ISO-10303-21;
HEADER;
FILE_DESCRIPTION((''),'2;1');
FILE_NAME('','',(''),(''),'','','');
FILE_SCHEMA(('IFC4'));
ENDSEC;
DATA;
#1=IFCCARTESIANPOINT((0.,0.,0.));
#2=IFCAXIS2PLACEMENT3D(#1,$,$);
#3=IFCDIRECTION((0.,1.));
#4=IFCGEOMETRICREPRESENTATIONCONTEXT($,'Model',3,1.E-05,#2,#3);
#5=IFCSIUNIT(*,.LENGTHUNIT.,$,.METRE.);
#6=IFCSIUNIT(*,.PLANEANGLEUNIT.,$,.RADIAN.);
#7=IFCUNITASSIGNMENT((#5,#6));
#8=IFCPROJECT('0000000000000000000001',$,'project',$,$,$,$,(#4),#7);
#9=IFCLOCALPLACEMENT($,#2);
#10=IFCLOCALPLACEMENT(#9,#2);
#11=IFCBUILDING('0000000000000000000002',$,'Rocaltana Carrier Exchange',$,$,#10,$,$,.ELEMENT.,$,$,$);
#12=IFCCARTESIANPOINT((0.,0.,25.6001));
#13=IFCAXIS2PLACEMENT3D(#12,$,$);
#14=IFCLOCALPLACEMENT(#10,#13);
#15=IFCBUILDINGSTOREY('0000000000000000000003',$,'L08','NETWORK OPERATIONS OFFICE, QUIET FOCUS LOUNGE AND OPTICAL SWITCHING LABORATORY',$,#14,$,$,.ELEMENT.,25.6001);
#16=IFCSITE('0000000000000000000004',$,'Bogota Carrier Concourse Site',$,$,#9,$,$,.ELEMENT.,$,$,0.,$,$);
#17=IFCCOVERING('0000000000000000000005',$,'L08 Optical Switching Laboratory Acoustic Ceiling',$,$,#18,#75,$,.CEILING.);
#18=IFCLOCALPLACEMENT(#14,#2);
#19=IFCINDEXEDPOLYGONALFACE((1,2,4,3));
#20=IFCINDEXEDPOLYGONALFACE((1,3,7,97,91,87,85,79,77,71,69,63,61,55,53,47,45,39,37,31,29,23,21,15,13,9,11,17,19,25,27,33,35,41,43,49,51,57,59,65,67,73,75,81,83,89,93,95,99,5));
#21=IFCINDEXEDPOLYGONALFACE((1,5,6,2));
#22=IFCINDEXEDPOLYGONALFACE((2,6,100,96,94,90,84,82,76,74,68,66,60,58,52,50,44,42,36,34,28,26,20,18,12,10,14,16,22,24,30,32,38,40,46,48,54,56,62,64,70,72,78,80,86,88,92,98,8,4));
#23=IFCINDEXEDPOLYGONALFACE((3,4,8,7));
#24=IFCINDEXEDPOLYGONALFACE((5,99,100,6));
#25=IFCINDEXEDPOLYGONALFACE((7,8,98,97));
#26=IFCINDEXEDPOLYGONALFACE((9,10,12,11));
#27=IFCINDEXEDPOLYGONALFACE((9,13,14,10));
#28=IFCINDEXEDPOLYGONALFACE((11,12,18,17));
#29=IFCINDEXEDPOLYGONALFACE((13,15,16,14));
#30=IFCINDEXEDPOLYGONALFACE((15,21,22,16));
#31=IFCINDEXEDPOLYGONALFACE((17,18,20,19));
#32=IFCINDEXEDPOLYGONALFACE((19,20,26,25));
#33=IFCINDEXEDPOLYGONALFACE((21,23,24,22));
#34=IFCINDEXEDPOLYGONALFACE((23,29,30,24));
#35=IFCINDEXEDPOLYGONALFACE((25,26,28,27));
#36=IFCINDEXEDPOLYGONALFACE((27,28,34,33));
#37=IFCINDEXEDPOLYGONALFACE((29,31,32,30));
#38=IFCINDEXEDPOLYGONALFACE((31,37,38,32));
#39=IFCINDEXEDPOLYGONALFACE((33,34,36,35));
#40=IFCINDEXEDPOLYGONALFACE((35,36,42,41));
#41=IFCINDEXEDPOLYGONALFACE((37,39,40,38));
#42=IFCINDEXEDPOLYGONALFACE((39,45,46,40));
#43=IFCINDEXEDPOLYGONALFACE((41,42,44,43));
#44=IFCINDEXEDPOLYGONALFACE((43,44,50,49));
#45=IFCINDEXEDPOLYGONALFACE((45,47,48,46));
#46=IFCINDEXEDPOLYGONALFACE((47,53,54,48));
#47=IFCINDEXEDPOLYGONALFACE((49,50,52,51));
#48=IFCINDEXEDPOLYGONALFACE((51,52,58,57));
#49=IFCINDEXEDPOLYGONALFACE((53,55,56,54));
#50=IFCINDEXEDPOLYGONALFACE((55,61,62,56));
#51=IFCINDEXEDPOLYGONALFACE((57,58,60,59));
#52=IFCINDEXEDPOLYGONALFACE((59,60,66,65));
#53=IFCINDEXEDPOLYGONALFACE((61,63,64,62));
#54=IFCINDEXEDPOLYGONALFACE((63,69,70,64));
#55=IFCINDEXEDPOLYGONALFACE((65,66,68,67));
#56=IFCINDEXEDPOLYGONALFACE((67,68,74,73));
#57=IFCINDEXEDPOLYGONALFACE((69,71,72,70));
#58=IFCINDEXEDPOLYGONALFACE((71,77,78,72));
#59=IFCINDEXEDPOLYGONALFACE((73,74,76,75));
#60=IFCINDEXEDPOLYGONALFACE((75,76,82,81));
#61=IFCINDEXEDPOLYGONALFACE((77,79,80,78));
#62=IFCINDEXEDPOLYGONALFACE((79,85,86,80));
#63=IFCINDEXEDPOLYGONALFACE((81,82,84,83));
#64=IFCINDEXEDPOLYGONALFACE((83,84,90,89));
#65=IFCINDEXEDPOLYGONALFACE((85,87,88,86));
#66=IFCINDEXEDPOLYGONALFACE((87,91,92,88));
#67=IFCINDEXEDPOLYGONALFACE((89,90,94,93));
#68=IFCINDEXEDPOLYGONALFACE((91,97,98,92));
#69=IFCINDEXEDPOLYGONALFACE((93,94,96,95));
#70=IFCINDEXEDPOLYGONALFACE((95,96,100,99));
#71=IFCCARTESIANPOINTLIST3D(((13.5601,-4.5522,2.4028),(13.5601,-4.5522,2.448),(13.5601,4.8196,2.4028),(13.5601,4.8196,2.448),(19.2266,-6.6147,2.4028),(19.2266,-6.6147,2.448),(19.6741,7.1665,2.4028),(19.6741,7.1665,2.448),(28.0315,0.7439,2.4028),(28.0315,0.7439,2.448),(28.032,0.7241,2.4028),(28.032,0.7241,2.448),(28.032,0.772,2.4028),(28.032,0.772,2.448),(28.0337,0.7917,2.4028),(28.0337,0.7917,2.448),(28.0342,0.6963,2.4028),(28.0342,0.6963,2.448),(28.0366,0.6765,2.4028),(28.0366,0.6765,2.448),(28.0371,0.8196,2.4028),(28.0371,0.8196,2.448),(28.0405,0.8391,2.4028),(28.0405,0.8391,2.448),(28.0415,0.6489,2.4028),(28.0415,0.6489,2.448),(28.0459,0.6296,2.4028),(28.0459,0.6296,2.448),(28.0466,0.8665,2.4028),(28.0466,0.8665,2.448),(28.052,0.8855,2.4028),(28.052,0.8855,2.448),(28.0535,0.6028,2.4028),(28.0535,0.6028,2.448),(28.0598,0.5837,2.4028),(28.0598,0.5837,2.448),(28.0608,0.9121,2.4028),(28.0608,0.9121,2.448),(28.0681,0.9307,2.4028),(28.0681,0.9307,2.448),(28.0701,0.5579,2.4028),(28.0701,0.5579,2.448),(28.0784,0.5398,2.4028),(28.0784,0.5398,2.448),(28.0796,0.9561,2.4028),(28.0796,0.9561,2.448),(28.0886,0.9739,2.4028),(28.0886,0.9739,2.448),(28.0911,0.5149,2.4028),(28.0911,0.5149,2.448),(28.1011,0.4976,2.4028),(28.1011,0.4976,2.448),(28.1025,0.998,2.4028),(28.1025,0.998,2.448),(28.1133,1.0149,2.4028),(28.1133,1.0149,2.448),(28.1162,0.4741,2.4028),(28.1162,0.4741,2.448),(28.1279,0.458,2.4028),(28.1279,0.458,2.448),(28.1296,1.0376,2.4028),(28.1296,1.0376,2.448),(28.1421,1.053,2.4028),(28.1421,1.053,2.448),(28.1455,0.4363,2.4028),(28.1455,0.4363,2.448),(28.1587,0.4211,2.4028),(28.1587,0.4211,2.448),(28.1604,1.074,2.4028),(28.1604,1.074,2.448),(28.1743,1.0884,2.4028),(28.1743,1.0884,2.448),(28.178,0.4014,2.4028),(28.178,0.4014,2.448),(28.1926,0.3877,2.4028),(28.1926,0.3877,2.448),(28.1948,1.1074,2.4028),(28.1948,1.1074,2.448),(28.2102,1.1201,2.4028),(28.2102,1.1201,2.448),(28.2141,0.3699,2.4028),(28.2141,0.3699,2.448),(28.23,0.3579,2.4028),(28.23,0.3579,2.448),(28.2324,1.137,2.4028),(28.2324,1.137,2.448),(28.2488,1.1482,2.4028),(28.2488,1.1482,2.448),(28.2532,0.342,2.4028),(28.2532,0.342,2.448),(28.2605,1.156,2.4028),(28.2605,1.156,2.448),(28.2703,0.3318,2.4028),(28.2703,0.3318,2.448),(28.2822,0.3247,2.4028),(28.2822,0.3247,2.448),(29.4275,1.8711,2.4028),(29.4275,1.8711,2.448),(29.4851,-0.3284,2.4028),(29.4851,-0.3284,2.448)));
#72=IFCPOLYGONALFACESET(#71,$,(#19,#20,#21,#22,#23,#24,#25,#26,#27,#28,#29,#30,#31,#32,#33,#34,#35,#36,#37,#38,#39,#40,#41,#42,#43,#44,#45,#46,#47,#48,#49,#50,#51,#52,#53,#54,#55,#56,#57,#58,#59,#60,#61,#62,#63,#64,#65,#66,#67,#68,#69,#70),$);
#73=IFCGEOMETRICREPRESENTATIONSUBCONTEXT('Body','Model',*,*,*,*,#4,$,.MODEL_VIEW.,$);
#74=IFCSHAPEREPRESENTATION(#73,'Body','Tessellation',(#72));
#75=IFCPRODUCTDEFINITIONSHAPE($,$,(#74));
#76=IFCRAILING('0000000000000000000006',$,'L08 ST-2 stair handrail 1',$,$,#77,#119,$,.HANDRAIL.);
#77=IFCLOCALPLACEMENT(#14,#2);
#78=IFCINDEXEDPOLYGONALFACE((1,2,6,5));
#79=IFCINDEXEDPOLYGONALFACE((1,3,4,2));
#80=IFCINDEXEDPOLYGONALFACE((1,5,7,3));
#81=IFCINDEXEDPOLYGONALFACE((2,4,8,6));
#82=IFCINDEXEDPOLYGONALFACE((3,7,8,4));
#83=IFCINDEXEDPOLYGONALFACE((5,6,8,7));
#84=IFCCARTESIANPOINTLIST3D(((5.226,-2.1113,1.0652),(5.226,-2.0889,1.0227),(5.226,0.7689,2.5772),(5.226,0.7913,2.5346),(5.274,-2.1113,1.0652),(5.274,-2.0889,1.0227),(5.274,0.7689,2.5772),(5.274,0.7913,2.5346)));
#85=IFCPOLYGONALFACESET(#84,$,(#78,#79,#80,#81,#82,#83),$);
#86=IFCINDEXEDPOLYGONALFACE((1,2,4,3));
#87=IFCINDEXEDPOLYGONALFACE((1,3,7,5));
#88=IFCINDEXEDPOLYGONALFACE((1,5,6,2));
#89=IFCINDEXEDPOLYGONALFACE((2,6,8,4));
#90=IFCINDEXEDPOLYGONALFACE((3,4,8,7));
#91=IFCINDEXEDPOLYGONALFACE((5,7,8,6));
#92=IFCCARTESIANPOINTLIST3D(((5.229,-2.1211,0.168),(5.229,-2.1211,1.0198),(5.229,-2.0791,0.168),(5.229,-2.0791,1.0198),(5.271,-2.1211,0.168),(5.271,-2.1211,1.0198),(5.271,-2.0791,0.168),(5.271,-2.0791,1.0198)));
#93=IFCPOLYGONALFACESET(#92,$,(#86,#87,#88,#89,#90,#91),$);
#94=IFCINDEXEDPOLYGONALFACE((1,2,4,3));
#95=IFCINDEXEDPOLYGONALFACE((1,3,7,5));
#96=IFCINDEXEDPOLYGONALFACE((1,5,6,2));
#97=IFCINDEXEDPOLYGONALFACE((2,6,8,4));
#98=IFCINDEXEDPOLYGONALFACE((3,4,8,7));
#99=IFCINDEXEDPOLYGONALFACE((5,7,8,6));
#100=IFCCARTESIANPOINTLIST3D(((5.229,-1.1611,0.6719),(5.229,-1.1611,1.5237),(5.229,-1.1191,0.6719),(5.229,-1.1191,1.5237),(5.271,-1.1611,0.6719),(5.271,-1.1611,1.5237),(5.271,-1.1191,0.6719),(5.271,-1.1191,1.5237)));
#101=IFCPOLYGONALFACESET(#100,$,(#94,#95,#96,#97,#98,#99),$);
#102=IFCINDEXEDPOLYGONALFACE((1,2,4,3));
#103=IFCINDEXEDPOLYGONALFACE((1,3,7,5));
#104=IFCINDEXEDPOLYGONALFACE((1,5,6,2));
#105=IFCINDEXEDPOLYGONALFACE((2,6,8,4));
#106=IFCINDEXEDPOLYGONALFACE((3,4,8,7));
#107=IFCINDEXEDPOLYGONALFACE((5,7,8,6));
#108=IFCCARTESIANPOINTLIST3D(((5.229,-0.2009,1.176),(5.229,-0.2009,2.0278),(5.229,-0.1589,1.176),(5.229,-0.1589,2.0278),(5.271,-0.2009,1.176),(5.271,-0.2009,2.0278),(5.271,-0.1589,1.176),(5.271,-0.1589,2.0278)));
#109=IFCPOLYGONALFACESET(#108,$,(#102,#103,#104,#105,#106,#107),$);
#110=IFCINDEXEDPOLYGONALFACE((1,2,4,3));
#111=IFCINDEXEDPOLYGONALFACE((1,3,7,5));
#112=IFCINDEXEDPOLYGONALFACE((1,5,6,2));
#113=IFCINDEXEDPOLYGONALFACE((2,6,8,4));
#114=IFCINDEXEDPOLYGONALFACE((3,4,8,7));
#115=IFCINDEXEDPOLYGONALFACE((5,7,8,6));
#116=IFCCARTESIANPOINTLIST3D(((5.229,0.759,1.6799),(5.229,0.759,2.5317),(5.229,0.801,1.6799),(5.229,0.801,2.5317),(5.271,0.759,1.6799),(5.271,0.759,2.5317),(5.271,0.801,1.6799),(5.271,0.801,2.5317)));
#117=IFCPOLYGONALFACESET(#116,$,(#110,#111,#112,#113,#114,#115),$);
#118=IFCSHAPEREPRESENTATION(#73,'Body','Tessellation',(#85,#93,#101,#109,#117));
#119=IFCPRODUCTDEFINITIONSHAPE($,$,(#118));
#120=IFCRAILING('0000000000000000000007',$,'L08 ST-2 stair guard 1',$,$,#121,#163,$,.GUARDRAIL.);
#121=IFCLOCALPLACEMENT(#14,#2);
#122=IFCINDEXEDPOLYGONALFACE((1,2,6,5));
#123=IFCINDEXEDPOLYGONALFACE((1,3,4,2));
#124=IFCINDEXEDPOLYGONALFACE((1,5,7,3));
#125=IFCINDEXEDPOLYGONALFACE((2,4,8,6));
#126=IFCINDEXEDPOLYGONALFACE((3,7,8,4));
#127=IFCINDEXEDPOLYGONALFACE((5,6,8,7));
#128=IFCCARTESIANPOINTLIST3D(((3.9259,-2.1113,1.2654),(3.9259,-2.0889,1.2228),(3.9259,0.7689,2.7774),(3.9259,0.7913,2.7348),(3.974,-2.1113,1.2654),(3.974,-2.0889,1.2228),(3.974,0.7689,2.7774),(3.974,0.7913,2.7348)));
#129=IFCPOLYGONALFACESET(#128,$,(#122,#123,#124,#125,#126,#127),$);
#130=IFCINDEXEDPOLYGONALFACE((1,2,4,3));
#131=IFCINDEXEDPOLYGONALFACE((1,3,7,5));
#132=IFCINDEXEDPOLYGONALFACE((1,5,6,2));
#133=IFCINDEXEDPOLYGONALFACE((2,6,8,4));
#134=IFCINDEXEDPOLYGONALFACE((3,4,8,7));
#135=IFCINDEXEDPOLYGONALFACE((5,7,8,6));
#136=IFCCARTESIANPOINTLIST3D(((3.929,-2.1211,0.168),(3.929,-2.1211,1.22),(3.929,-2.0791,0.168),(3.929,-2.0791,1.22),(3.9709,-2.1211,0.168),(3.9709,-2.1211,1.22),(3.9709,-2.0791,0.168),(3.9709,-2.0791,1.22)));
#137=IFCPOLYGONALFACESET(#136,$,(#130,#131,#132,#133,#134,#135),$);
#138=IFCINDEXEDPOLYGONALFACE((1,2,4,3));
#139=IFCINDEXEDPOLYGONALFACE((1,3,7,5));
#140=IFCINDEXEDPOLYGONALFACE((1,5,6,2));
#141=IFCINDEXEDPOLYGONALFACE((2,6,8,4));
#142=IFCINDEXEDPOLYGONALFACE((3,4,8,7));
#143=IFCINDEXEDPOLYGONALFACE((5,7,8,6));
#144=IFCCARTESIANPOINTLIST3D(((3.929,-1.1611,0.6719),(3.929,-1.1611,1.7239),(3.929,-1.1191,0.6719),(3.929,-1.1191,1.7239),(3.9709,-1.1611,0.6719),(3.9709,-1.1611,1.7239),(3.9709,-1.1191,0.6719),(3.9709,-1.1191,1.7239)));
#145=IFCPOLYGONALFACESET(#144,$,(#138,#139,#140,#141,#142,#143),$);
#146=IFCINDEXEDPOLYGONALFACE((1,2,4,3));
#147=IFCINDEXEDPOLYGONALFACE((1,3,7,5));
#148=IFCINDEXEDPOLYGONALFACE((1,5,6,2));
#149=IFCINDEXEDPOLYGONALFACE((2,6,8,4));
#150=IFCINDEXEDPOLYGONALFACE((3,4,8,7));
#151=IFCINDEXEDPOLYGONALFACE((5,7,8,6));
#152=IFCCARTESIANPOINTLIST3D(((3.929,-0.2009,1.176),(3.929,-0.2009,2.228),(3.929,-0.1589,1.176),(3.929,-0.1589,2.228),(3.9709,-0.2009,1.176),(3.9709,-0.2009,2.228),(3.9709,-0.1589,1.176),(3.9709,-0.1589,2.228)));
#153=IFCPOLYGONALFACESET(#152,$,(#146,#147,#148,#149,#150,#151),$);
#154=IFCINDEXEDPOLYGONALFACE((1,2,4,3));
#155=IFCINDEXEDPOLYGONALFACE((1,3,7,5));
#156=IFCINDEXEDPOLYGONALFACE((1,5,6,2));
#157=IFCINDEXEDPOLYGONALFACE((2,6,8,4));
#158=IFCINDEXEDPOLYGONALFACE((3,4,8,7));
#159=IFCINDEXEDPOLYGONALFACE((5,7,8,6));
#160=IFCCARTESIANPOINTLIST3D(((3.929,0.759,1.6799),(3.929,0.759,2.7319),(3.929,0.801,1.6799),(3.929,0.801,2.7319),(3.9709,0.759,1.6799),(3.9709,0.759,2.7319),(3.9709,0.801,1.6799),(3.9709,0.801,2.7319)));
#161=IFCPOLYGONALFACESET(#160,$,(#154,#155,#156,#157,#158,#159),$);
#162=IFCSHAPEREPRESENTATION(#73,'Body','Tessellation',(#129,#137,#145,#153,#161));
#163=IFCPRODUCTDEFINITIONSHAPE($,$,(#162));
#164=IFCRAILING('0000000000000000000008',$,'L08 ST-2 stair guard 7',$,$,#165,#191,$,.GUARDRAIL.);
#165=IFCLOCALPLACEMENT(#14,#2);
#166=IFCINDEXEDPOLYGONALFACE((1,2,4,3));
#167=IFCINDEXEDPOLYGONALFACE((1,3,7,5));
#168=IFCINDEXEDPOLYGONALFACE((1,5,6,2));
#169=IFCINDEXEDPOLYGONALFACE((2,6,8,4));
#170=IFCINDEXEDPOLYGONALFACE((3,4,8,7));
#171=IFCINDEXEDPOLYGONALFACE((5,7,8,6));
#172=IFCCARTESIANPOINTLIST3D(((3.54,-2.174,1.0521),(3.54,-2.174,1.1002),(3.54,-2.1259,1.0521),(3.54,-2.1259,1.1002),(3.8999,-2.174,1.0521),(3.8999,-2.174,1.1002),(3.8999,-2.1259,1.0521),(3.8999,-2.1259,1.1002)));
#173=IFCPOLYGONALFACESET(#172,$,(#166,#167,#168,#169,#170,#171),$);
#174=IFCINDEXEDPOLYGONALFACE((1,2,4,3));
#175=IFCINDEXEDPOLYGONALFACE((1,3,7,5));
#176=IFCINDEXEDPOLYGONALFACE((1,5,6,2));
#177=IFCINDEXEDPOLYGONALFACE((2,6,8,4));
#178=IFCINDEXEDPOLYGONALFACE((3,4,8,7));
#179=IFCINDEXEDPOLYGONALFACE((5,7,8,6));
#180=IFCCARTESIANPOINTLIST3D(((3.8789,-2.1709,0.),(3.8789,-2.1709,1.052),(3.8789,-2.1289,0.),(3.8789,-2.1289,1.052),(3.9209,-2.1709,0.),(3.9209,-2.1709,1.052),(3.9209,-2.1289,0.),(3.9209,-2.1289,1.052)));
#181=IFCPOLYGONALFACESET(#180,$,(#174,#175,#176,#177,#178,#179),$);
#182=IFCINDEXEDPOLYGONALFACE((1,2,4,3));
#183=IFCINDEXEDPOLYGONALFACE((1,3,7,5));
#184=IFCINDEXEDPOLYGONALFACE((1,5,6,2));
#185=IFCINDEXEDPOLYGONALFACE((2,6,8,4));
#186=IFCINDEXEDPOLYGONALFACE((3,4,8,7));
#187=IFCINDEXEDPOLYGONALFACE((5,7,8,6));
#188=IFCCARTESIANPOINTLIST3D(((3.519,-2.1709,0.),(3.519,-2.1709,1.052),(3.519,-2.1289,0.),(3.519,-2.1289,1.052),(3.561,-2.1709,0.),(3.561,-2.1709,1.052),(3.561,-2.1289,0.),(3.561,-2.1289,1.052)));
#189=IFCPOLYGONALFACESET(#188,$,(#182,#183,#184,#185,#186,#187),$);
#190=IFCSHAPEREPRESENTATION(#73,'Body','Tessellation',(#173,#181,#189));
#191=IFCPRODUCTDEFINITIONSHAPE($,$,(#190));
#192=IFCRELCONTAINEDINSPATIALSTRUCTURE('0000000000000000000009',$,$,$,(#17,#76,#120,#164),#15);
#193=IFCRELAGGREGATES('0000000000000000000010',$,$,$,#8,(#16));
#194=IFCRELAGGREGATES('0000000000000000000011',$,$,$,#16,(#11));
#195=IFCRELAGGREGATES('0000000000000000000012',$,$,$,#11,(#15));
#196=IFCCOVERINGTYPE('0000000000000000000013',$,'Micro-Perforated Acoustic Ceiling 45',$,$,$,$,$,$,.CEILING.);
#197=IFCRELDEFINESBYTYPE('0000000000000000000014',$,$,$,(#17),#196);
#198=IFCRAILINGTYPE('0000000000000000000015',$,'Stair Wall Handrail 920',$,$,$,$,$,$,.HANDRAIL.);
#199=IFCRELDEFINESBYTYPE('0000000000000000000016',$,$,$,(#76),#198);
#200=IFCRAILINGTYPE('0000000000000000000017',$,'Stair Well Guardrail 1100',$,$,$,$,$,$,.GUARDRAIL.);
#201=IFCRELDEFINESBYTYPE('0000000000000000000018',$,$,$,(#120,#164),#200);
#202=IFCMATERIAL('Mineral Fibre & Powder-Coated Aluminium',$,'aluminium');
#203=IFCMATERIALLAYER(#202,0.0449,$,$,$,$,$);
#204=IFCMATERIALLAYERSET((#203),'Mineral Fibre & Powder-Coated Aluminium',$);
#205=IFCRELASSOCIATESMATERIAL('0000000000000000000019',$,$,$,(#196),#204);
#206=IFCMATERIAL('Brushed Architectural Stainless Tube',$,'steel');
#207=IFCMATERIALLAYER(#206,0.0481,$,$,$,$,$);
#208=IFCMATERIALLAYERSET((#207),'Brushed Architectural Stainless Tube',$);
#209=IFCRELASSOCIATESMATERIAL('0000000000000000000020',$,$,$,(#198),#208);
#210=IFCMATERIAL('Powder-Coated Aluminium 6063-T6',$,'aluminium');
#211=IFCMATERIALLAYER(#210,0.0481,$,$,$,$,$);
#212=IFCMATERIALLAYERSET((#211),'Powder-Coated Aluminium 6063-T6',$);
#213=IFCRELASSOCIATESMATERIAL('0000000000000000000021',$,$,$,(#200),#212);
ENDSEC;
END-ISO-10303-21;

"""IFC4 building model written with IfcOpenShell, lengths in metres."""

from ifc_helpers import new_model, si_unit, direction, frame, origin, origin_2d, place, context, subcontext, project, spatial, polyline, rectangle, outline, extrude, material, layer, layer_set, type_object, element, save


model = new_model("IFC4")

# Units and contexts
model_context = context("Model", 3, precision=1e-05, world=origin(), true_north=direction((0.0, 1.0)))
body_context = subcontext(model_context, "Body", "Model", "MODEL_VIEW")
ifc_project = project(units=[si_unit("LENGTHUNIT", "METRE"), si_unit("PLANEANGLEUNIT", "RADIAN")], contexts=[model_context])

# Site, building, storey
site_placement = place(None, origin())
site = spatial("IfcSite", under=ifc_project, at=site_placement, Name="Bogota Carrier Concourse Site", CompositionType="ELEMENT", RefElevation=0.0)
building_placement = place(site_placement, origin())
building = spatial("IfcBuilding", under=site, at=building_placement, Name="Rocaltana Carrier Exchange", CompositionType="ELEMENT")
storey_placement = place(building_placement, frame((0.0, 0.0, 25.6001)))
storey = spatial("IfcBuildingStorey", under=building, at=storey_placement, Name="L08", Description="NETWORK OPERATIONS OFFICE, QUIET FOCUS LOUNGE AND OPTICAL SWITCHING LABORATORY", CompositionType="ELEMENT", Elevation=25.6001)

# Covering
ifc_material_1 = material(Name="Mineral Fibre & Powder-Coated Aluminium", Category="aluminium")
ifc_layer_1 = layer(ifc_material_1, 0.0449)
ifc_layer_set_1 = layer_set([ifc_layer_1], Name="Mineral Fibre & Powder-Coated Aluminium")
covering_type_1 = type_object("IfcCoveringType", Name="Micro-Perforated Acoustic Ceiling 45", PredefinedType="CEILING", material=ifc_layer_set_1)
covering_1_placement = place(storey_placement, frame((0.0, 0.0, 2.4028)))
element("IfcCovering", 1, at=covering_1_placement, inside=storey, type_object=covering_type_1, Name="L08 Optical Switching Laboratory Acoustic Ceiling", PredefinedType="CEILING", context=body_context, shape_type="SweptSolid", body=[
    extrude(outline(polyline([(29.4275, 1.8711), (28.2605, 1.156), (28.2488, 1.1482), (28.2324, 1.137), (28.2102, 1.1201), (28.1948, 1.1074), (28.1743, 1.0884), (28.1604, 1.074), (28.1421, 1.053), (28.1296, 1.0376), (28.1133, 1.0149), (28.1025, 0.998), (28.0886, 0.9739), (28.0796, 0.9561), (28.0681, 0.9307), (28.0608, 0.9121), (28.052, 0.8855), (28.0466, 0.8665), (28.0405, 0.8391), (28.0371, 0.8196), (28.0337, 0.7917), (28.032, 0.772), (28.0315, 0.7439), (28.032, 0.7241), (28.0342, 0.6963), (28.0366, 0.6765), (28.0415, 0.6489), (28.0459, 0.6296), (28.0535, 0.6028), (28.0598, 0.5837), (28.0701, 0.5579), (28.0784, 0.5398), (28.0911, 0.5149), (28.1011, 0.4976), (28.1162, 0.4741), (28.1279, 0.458), (28.1455, 0.4363), (28.1587, 0.4211), (28.178, 0.4014), (28.1926, 0.3877), (28.2141, 0.3699), (28.23, 0.3579), (28.2532, 0.342), (28.2703, 0.3318), (28.2822, 0.3247), (29.4851, -0.3284), (19.2266, -6.6147), (13.5601, -4.5522), (13.5601, 4.8196), (19.6741, 7.1665), (29.4275, 1.8711)])), origin(), (0.0, 0.0, 1.0), 0.0452),
])

# Railings
ifc_material_2 = material(Name="Brushed Architectural Stainless Tube", Category="steel")
ifc_layer_2 = layer(ifc_material_2, 0.0481)
ifc_layer_set_2 = layer_set([ifc_layer_2], Name="Brushed Architectural Stainless Tube")
railing_type_1 = type_object("IfcRailingType", Name="Stair Wall Handrail 920", PredefinedType="HANDRAIL", material=ifc_layer_set_2)
railing_1_placement = place(storey_placement, frame((5.25, -2.1001, 0.168)))
element("IfcRailing", 2, at=railing_1_placement, inside=storey, type_object=railing_type_1, Name="L08 ST-2 stair handrail 1", PredefinedType="HANDRAIL", context=body_context, shape_type="SweptSolid", body=[
    extrude(rectangle(XDim=0.0481, YDim=0.0481, at=origin_2d()), frame((0.0, 0.0, 0.876), z_axis=(0.0, 0.885411, 0.464809), x_axis=(-1.0, 0.0, 0.0)), (0.0, 0.0, 1.0), 3.2529),
    extrude(rectangle(XDim=0.042, YDim=0.042, at=origin_2d()), origin(), (0.0, 0.0, 1.0), 0.8518),
    extrude(rectangle(XDim=0.042, YDim=0.042, at=origin_2d()), frame((0.0, 0.96, 0.5039)), (0.0, 0.0, 1.0), 0.8518),
    extrude(rectangle(XDim=0.042, YDim=0.042, at=origin_2d()), frame((0.0, 1.9202, 1.0081)), (0.0, 0.0, 1.0), 0.8518),
    extrude(rectangle(XDim=0.042, YDim=0.042, at=origin_2d()), frame((0.0, 2.8801, 1.512)), (0.0, 0.0, 1.0), 0.8518),
])
ifc_material_3 = material(Name="Powder-Coated Aluminium 6063-T6", Category="aluminium")
ifc_layer_3 = layer(ifc_material_3, 0.0481)
ifc_layer_set_3 = layer_set([ifc_layer_3], Name="Powder-Coated Aluminium 6063-T6")
railing_type_2 = type_object("IfcRailingType", Name="Stair Well Guardrail 1100", PredefinedType="GUARDRAIL", material=ifc_layer_set_3)
railing_2_placement = place(storey_placement, frame((3.95, -2.1001, 0.168)))
element("IfcRailing", 3, at=railing_2_placement, inside=storey, type_object=railing_type_2, Name="L08 ST-2 stair guard 1", PredefinedType="GUARDRAIL", context=body_context, shape_type="SweptSolid", body=[
    extrude(rectangle(XDim=0.0481, YDim=0.0481, at=origin_2d()), frame((0.0, 0.0, 1.0762), z_axis=(0.0, 0.885411, 0.464809), x_axis=(-1.0, 0.0, 0.0)), (0.0, 0.0, 1.0), 3.2529),
    extrude(rectangle(XDim=0.042, YDim=0.042, at=origin_2d()), origin(), (0.0, 0.0, 1.0), 1.052),
    extrude(rectangle(XDim=0.042, YDim=0.042, at=origin_2d()), frame((0.0, 0.96, 0.5039)), (0.0, 0.0, 1.0), 1.052),
    extrude(rectangle(XDim=0.042, YDim=0.042, at=origin_2d()), frame((0.0, 1.9202, 1.0081)), (0.0, 0.0, 1.0), 1.052),
    extrude(rectangle(XDim=0.042, YDim=0.042, at=origin_2d()), frame((0.0, 2.8801, 1.512)), (0.0, 0.0, 1.0), 1.052),
])
railing_3_placement = place(storey_placement, frame((3.8999, -2.1499, 0.0)))
element("IfcRailing", 4, at=railing_3_placement, inside=storey, type_object=railing_type_2, Name="L08 ST-2 stair guard 7", PredefinedType="GUARDRAIL", context=body_context, shape_type="SweptSolid", body=[
    extrude(rectangle(XDim=0.0481, YDim=0.0481, at=origin_2d()), frame((0.0, 0.0, 1.0762), z_axis=(-1.0, 0.0, 0.0), x_axis=(0.0, -1.0, 0.0)), (0.0, 0.0, 1.0), 0.3599),
    extrude(rectangle(XDim=0.042, YDim=0.042, at=origin_2d()), origin(), (0.0, 0.0, 1.0), 1.052),
    extrude(rectangle(XDim=0.042, YDim=0.042, at=origin_2d()), frame((-0.3599, 0.0, 0.0)), (0.0, 0.0, 1.0), 1.052),
])

save(model, "model.ifc")
